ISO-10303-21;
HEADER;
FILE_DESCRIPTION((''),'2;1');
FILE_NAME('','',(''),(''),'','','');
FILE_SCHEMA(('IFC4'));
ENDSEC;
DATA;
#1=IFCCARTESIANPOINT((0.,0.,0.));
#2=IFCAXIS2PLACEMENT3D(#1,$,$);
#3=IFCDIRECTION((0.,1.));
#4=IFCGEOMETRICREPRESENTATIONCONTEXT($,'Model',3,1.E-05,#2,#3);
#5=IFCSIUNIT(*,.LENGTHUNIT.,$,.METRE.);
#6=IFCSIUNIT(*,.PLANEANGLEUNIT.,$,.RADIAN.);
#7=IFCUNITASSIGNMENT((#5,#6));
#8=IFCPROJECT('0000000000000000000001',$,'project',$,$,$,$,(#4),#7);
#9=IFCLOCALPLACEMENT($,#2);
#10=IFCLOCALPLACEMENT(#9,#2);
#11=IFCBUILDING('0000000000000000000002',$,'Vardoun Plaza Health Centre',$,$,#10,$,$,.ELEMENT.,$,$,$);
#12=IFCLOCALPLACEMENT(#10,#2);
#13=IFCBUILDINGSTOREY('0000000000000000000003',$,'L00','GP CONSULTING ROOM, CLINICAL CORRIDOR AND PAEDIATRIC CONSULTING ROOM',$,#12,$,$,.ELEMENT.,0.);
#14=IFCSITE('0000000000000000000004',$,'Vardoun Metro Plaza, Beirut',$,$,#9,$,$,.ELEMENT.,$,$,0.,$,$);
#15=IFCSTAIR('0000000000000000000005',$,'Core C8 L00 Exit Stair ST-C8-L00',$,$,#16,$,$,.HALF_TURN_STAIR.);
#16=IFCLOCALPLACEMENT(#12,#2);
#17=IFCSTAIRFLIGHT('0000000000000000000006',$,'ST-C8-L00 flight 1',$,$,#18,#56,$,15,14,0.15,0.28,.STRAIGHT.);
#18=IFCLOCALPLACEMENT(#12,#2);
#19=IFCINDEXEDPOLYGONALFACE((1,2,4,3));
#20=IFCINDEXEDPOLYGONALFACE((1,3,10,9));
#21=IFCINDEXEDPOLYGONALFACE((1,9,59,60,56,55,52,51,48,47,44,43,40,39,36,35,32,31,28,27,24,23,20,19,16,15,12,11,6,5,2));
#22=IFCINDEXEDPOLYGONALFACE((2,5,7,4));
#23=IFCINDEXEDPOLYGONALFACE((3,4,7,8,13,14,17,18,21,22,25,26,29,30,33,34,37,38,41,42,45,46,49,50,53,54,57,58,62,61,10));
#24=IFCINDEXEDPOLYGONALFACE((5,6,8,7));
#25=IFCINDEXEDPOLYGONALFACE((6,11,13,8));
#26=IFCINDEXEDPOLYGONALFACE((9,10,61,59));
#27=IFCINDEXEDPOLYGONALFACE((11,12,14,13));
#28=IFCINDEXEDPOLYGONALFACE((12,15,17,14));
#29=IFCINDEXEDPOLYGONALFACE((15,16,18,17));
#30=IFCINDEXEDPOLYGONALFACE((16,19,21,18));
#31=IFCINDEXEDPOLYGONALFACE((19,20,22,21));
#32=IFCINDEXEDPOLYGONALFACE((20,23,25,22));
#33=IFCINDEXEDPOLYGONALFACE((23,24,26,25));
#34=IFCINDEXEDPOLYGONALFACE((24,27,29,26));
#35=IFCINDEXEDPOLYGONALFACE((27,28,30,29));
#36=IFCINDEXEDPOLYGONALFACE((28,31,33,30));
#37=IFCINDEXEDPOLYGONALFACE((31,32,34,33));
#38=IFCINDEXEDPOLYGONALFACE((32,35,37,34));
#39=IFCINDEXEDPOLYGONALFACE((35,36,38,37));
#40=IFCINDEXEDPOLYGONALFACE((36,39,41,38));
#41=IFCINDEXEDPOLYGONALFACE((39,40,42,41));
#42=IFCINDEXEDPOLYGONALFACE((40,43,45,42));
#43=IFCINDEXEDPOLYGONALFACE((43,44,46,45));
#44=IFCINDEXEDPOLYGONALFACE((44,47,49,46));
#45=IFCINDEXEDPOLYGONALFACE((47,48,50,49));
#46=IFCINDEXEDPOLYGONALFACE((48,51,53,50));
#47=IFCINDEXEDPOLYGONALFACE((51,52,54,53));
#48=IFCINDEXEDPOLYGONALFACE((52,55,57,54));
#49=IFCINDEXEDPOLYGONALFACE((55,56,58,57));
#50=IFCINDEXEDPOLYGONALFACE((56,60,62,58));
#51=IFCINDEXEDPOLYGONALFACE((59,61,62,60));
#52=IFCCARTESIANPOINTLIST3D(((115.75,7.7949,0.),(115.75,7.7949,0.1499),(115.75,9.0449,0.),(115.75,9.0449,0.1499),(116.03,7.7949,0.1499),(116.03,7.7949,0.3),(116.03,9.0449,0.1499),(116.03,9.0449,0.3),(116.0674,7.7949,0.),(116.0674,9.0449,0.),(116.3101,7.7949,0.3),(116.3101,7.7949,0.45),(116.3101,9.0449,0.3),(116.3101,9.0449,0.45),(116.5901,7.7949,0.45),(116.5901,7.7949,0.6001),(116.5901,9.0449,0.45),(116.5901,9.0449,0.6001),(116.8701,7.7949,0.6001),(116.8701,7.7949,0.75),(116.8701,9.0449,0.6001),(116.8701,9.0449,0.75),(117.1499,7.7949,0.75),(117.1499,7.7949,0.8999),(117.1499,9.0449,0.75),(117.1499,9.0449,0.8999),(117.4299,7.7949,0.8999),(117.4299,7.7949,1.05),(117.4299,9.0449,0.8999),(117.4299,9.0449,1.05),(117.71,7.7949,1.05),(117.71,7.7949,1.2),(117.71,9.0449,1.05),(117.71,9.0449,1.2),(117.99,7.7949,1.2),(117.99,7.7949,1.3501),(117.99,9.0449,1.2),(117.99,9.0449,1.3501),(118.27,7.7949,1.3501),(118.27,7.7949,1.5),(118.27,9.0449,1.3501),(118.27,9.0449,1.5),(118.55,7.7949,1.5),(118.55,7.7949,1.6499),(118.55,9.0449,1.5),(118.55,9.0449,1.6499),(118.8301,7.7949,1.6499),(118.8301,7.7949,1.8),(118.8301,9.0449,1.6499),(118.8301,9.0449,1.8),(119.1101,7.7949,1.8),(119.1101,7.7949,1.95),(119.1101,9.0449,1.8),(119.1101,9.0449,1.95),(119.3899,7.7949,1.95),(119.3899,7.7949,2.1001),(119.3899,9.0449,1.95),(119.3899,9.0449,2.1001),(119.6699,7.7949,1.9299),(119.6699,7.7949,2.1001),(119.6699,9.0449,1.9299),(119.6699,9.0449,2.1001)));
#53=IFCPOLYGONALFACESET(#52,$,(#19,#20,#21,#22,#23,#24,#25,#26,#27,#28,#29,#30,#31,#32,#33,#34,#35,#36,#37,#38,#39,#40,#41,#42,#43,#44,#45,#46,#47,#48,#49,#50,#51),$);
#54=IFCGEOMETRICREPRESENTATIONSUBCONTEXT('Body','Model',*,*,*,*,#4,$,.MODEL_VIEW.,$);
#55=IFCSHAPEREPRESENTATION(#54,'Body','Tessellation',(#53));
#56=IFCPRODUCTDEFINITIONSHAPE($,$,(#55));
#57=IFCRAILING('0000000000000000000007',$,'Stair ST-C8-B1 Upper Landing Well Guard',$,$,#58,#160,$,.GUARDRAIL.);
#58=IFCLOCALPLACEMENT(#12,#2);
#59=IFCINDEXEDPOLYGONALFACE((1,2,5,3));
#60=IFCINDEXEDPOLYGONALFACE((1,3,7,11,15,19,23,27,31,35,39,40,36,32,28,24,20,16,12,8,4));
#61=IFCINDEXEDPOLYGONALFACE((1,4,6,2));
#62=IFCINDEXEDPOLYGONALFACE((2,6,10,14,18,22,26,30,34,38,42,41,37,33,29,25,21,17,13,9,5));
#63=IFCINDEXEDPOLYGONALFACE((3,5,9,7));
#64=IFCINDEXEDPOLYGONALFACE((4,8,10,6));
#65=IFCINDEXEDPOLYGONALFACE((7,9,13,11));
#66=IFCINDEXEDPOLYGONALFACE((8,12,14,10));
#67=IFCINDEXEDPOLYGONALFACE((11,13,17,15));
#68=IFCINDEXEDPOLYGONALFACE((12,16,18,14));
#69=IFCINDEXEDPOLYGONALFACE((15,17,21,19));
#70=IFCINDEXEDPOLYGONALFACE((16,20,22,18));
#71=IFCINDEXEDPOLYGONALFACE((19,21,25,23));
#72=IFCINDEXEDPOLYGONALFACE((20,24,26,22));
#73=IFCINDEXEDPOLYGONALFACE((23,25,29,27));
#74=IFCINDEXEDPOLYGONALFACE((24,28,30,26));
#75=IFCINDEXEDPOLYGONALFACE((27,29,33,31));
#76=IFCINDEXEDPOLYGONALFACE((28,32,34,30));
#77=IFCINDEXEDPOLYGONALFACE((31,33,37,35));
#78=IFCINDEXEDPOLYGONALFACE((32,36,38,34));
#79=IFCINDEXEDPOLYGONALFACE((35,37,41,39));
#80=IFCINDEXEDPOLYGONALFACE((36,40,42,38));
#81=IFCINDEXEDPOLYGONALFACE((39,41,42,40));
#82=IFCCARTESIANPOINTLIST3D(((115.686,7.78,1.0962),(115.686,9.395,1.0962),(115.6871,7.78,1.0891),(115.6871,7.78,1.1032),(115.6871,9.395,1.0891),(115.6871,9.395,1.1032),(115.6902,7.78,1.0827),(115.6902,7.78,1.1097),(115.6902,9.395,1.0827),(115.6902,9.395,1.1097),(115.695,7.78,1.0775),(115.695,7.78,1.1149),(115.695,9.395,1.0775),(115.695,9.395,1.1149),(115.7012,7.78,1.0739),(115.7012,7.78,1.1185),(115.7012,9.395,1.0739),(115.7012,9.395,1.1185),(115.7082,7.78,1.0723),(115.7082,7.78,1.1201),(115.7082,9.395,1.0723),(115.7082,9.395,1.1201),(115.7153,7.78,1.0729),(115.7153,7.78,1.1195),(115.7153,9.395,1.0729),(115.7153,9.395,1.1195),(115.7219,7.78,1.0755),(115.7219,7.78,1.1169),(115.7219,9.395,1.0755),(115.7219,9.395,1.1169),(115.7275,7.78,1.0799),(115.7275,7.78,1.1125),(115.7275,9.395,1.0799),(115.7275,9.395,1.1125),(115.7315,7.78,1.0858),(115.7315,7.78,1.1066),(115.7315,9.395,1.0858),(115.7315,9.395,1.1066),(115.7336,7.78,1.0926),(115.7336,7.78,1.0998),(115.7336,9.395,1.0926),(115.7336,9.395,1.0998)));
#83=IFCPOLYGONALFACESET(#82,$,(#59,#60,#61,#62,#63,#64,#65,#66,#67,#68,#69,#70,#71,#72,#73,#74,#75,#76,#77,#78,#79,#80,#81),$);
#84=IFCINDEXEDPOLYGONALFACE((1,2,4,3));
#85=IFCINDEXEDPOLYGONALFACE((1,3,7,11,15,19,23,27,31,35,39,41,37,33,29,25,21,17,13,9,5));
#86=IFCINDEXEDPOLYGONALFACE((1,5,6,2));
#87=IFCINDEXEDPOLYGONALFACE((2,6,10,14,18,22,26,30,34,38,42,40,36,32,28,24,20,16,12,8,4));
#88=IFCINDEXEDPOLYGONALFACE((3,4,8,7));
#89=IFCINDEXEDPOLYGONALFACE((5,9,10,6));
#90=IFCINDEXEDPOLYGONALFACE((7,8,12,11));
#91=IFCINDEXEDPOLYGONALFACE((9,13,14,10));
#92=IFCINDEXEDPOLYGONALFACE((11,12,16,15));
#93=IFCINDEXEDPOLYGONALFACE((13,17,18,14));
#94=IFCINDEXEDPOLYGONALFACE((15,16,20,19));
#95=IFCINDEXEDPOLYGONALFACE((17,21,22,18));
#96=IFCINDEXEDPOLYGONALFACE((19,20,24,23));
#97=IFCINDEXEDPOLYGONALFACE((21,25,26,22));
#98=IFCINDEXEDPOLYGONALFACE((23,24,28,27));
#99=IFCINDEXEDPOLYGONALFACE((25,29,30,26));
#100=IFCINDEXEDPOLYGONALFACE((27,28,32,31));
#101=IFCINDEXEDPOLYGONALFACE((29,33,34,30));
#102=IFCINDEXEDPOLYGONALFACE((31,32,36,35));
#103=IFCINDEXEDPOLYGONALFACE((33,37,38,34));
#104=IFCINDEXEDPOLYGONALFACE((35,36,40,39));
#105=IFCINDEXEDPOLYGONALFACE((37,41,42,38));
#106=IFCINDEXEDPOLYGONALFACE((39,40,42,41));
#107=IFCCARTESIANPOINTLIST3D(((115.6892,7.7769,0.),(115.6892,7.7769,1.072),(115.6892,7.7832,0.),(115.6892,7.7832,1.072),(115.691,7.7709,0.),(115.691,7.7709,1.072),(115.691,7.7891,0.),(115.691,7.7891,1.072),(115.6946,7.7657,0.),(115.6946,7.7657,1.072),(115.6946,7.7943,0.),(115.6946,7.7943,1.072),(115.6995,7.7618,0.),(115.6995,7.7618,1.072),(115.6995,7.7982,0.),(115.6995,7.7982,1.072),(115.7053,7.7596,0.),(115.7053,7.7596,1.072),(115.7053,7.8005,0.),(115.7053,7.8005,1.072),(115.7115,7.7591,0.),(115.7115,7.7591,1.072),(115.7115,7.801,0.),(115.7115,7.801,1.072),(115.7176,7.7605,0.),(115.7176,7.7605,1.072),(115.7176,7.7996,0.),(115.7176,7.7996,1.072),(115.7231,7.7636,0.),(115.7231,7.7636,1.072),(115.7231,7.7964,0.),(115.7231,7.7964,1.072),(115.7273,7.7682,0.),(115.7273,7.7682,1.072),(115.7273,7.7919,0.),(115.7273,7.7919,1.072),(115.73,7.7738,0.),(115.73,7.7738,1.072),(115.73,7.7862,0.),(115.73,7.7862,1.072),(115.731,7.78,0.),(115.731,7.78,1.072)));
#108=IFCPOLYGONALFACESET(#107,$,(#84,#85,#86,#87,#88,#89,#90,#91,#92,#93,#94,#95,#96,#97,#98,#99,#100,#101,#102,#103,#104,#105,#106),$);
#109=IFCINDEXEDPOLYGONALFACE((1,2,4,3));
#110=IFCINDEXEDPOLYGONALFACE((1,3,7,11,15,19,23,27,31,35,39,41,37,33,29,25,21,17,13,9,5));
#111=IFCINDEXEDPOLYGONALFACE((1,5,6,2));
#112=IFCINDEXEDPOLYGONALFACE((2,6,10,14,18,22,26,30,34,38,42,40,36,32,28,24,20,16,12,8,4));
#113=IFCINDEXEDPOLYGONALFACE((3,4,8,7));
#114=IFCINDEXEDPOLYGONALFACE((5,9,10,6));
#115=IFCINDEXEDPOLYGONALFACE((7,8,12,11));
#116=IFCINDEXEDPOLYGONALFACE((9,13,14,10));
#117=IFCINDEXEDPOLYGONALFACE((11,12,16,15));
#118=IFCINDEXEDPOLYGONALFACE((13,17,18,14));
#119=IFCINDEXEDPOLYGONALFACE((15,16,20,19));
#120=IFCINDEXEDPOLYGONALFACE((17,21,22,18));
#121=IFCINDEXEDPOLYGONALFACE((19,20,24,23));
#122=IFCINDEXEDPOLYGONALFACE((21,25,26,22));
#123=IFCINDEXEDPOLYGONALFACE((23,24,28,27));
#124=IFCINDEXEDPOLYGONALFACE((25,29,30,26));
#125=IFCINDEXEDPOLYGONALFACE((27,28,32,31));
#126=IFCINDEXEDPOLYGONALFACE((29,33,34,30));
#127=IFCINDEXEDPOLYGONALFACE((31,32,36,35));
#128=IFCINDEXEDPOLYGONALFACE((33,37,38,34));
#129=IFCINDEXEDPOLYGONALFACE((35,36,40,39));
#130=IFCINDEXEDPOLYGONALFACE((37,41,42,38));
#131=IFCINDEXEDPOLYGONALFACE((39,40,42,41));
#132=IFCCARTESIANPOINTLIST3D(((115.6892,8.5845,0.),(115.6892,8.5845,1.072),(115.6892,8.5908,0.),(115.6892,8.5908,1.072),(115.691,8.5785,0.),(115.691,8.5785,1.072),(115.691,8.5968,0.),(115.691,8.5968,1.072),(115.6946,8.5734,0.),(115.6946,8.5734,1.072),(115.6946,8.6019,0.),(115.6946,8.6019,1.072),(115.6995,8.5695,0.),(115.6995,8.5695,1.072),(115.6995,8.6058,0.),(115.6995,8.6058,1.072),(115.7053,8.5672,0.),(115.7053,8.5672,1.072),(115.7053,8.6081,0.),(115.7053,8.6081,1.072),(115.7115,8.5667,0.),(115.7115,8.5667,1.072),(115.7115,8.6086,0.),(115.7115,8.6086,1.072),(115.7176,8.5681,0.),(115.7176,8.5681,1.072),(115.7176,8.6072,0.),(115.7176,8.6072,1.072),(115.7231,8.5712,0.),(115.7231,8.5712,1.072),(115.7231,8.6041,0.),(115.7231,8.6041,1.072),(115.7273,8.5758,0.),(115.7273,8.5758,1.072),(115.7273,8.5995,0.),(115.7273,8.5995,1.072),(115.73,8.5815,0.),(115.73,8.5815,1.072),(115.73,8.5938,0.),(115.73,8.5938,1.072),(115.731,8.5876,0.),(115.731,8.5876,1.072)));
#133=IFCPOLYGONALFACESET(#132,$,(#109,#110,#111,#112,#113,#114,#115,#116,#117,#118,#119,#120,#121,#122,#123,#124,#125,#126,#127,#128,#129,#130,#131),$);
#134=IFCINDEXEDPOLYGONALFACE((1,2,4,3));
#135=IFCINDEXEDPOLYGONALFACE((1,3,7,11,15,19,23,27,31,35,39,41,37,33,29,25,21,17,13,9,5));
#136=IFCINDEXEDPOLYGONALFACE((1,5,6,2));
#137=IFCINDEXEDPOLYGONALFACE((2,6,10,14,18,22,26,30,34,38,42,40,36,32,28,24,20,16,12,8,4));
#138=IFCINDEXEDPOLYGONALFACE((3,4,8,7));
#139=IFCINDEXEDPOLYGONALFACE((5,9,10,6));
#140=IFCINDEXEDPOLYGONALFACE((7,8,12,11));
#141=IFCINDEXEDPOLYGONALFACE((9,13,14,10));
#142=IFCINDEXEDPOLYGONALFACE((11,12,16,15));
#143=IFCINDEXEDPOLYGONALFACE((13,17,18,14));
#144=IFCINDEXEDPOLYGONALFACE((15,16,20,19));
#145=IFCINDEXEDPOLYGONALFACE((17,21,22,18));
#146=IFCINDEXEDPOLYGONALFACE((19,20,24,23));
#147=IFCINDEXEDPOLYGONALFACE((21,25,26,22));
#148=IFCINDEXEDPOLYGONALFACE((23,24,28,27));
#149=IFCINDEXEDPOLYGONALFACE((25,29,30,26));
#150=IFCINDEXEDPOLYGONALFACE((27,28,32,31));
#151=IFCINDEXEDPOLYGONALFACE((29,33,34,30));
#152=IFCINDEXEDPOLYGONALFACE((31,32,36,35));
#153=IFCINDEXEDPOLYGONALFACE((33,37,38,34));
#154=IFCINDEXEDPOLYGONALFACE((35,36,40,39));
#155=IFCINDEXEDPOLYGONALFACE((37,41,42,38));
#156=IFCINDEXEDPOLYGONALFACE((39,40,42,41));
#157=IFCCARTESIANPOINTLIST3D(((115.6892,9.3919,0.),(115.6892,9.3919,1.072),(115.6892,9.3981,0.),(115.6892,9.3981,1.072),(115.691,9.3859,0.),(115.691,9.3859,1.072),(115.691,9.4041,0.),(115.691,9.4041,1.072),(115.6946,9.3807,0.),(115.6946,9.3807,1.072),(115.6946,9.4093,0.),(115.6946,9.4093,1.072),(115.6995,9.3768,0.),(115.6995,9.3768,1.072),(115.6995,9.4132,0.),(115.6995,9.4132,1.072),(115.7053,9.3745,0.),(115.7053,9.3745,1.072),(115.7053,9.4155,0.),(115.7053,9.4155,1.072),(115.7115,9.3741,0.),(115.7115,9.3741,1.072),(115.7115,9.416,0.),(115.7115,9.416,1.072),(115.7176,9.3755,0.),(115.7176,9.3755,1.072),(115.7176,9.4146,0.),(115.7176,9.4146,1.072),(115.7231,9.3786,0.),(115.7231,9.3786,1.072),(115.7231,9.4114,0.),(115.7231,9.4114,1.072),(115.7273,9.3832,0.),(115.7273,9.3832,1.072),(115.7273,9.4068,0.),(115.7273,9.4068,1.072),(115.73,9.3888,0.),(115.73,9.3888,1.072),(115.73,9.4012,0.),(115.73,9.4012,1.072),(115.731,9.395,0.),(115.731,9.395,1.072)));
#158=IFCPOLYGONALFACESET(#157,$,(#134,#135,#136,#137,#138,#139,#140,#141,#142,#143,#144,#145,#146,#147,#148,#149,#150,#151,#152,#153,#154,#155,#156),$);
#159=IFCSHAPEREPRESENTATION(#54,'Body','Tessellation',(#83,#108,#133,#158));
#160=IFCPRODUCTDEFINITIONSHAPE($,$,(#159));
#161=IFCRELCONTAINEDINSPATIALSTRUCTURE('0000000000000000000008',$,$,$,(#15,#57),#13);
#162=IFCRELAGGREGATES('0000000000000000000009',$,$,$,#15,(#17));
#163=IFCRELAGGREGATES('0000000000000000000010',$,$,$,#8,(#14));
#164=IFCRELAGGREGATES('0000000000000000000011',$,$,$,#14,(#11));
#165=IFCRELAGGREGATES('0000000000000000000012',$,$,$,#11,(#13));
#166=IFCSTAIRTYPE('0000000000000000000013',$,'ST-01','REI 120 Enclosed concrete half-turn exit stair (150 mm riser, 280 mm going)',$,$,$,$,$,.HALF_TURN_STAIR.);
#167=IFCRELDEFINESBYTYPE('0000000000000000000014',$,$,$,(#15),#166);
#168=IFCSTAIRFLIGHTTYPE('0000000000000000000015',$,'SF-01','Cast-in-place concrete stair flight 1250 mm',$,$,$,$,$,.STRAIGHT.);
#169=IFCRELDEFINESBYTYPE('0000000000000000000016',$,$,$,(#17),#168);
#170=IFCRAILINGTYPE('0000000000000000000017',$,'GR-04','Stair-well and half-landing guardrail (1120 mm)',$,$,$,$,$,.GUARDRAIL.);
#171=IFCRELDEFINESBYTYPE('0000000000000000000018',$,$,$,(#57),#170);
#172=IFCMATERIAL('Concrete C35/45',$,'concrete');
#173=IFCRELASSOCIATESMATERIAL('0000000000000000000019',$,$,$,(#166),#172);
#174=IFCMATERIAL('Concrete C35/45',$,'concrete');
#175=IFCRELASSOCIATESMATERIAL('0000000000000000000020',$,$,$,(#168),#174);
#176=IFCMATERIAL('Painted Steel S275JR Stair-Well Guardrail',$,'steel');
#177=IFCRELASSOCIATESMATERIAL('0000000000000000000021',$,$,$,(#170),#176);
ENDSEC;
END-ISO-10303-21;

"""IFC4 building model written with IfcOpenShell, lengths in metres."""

from ifc_helpers import new_model, si_unit, direction, frame, origin, origin_2d, place, context, subcontext, project, spatial, polyline, circle, outline, extrude, material, type_object, element, aggregate, save


model = new_model("IFC4")

# Units and contexts
model_context = context("Model", 3, precision=1e-05, world=origin(), true_north=direction((0.0, 1.0)))
body_context = subcontext(model_context, "Body", "Model", "MODEL_VIEW")
ifc_project = project(units=[si_unit("LENGTHUNIT", "METRE"), si_unit("PLANEANGLEUNIT", "RADIAN")], contexts=[model_context])

# Site, building, storey
site_placement = place(None, origin())
site = spatial("IfcSite", under=ifc_project, at=site_placement, Name="Vardoun Metro Plaza, Beirut", CompositionType="ELEMENT", RefElevation=0.0)
building_placement = place(site_placement, origin())
building = spatial("IfcBuilding", under=site, at=building_placement, Name="Vardoun Plaza Health Centre", CompositionType="ELEMENT")
storey_placement = place(building_placement, origin())
storey = spatial("IfcBuildingStorey", under=building, at=storey_placement, Name="L00", Description="GP CONSULTING ROOM, CLINICAL CORRIDOR AND PAEDIATRIC CONSULTING ROOM", CompositionType="ELEMENT", Elevation=0.0)

# Stair, stair flight
ifc_material_1 = material(Name="Concrete C35/45", Category="concrete")
stair_type = type_object("IfcStairType", Name="ST-01", Description="REI 120 Enclosed concrete half-turn exit stair (150 mm riser, 280 mm going)", PredefinedType="HALF_TURN_STAIR", material=ifc_material_1)
stair_placement = place(storey_placement, origin())
stair = element("IfcStair", 1, at=stair_placement, inside=storey, type_object=stair_type, Name="Core C8 L00 Exit Stair ST-C8-L00", PredefinedType="HALF_TURN_STAIR")
ifc_material_2 = material(Name="Concrete C35/45", Category="concrete")
stair_flight_type = type_object("IfcStairFlightType", Name="SF-01", Description="Cast-in-place concrete stair flight 1250 mm", PredefinedType="STRAIGHT", material=ifc_material_2)
stair_flight_placement = place(storey_placement, frame((115.75, 8.4199, 0.0), z_axis=(0.0, 0.0, 1.0), x_axis=(1.0, 0.0, 0.0)))
stair_flight = element("IfcStairFlight", 2, at=stair_flight_placement, type_object=stair_flight_type, Name="ST-C8-L00 flight 1", NumberOfRisers=15, NumberOfTreads=14, PredefinedType="STRAIGHT", RiserHeight=0.15, TreadLength=0.28, context=body_context, shape_type="SweptSolid", body=[
    extrude(outline(polyline([(0.0, 0.0), (0.0, 0.1499), (0.28, 0.1499), (0.28, 0.3), (0.5601, 0.3), (0.5601, 0.45), (0.8401, 0.45), (0.8401, 0.6001), (1.1201, 0.6001), (1.1201, 0.75), (1.3999, 0.75), (1.3999, 0.8999), (1.6799, 0.8999), (1.6799, 1.05), (1.96, 1.05), (1.96, 1.2), (2.24, 1.2), (2.24, 1.3501), (2.52, 1.3501), (2.52, 1.5), (2.8, 1.5), (2.8, 1.6499), (3.0801, 1.6499), (3.0801, 1.8), (3.3601, 1.8), (3.3601, 1.95), (3.6399, 1.95), (3.6399, 2.1001), (3.9199, 2.1001), (3.9199, 2.25), (3.9199, 1.9299), (0.3174, 0.0), (0.0, 0.0)])), frame((0.0, 0.625, 0.0), z_axis=(0.0, -1.0, 0.0), x_axis=(1.0, 0.0, 0.0)), (0.0, 0.0, 1.0), 1.25),
])
aggregate(stair, [stair_flight])

# Railing
ifc_material_3 = material(Name="Painted Steel S275JR Stair-Well Guardrail", Category="steel")
railing_type_1 = type_object("IfcRailingType", Name="GR-04", Description="Stair-well and half-landing guardrail (1120 mm)", PredefinedType="GUARDRAIL", material=ifc_material_3)
railing_1_placement = place(storey_placement, frame((115.71, 7.78, 0.0)))
element("IfcRailing", 3, at=railing_1_placement, inside=storey, type_object=railing_type_1, Name="Stair ST-C8-B1 Upper Landing Well Guard", PredefinedType="GUARDRAIL", context=body_context, shape_type="SweptSolid", body=[
    extrude(circle(Radius=0.0239, at=origin_2d()), frame((0.0, 0.0, 1.0962), z_axis=(0.0, 1.0, 0.0), x_axis=(-1.0, 0.0, 0.0)), (0.0, 0.0, 1.0), 1.615),
    extrude(circle(Radius=0.021, at=origin_2d()), origin(), (0.0, 0.0, 1.0), 1.072),
    extrude(circle(Radius=0.021, at=origin_2d()), frame((0.0, 0.8076, 0.0)), (0.0, 0.0, 1.0), 1.072),
    extrude(circle(Radius=0.021, at=origin_2d()), frame((0.0, 1.615, 0.0)), (0.0, 0.0, 1.0), 1.072),
])

save(model, "model.ifc")
